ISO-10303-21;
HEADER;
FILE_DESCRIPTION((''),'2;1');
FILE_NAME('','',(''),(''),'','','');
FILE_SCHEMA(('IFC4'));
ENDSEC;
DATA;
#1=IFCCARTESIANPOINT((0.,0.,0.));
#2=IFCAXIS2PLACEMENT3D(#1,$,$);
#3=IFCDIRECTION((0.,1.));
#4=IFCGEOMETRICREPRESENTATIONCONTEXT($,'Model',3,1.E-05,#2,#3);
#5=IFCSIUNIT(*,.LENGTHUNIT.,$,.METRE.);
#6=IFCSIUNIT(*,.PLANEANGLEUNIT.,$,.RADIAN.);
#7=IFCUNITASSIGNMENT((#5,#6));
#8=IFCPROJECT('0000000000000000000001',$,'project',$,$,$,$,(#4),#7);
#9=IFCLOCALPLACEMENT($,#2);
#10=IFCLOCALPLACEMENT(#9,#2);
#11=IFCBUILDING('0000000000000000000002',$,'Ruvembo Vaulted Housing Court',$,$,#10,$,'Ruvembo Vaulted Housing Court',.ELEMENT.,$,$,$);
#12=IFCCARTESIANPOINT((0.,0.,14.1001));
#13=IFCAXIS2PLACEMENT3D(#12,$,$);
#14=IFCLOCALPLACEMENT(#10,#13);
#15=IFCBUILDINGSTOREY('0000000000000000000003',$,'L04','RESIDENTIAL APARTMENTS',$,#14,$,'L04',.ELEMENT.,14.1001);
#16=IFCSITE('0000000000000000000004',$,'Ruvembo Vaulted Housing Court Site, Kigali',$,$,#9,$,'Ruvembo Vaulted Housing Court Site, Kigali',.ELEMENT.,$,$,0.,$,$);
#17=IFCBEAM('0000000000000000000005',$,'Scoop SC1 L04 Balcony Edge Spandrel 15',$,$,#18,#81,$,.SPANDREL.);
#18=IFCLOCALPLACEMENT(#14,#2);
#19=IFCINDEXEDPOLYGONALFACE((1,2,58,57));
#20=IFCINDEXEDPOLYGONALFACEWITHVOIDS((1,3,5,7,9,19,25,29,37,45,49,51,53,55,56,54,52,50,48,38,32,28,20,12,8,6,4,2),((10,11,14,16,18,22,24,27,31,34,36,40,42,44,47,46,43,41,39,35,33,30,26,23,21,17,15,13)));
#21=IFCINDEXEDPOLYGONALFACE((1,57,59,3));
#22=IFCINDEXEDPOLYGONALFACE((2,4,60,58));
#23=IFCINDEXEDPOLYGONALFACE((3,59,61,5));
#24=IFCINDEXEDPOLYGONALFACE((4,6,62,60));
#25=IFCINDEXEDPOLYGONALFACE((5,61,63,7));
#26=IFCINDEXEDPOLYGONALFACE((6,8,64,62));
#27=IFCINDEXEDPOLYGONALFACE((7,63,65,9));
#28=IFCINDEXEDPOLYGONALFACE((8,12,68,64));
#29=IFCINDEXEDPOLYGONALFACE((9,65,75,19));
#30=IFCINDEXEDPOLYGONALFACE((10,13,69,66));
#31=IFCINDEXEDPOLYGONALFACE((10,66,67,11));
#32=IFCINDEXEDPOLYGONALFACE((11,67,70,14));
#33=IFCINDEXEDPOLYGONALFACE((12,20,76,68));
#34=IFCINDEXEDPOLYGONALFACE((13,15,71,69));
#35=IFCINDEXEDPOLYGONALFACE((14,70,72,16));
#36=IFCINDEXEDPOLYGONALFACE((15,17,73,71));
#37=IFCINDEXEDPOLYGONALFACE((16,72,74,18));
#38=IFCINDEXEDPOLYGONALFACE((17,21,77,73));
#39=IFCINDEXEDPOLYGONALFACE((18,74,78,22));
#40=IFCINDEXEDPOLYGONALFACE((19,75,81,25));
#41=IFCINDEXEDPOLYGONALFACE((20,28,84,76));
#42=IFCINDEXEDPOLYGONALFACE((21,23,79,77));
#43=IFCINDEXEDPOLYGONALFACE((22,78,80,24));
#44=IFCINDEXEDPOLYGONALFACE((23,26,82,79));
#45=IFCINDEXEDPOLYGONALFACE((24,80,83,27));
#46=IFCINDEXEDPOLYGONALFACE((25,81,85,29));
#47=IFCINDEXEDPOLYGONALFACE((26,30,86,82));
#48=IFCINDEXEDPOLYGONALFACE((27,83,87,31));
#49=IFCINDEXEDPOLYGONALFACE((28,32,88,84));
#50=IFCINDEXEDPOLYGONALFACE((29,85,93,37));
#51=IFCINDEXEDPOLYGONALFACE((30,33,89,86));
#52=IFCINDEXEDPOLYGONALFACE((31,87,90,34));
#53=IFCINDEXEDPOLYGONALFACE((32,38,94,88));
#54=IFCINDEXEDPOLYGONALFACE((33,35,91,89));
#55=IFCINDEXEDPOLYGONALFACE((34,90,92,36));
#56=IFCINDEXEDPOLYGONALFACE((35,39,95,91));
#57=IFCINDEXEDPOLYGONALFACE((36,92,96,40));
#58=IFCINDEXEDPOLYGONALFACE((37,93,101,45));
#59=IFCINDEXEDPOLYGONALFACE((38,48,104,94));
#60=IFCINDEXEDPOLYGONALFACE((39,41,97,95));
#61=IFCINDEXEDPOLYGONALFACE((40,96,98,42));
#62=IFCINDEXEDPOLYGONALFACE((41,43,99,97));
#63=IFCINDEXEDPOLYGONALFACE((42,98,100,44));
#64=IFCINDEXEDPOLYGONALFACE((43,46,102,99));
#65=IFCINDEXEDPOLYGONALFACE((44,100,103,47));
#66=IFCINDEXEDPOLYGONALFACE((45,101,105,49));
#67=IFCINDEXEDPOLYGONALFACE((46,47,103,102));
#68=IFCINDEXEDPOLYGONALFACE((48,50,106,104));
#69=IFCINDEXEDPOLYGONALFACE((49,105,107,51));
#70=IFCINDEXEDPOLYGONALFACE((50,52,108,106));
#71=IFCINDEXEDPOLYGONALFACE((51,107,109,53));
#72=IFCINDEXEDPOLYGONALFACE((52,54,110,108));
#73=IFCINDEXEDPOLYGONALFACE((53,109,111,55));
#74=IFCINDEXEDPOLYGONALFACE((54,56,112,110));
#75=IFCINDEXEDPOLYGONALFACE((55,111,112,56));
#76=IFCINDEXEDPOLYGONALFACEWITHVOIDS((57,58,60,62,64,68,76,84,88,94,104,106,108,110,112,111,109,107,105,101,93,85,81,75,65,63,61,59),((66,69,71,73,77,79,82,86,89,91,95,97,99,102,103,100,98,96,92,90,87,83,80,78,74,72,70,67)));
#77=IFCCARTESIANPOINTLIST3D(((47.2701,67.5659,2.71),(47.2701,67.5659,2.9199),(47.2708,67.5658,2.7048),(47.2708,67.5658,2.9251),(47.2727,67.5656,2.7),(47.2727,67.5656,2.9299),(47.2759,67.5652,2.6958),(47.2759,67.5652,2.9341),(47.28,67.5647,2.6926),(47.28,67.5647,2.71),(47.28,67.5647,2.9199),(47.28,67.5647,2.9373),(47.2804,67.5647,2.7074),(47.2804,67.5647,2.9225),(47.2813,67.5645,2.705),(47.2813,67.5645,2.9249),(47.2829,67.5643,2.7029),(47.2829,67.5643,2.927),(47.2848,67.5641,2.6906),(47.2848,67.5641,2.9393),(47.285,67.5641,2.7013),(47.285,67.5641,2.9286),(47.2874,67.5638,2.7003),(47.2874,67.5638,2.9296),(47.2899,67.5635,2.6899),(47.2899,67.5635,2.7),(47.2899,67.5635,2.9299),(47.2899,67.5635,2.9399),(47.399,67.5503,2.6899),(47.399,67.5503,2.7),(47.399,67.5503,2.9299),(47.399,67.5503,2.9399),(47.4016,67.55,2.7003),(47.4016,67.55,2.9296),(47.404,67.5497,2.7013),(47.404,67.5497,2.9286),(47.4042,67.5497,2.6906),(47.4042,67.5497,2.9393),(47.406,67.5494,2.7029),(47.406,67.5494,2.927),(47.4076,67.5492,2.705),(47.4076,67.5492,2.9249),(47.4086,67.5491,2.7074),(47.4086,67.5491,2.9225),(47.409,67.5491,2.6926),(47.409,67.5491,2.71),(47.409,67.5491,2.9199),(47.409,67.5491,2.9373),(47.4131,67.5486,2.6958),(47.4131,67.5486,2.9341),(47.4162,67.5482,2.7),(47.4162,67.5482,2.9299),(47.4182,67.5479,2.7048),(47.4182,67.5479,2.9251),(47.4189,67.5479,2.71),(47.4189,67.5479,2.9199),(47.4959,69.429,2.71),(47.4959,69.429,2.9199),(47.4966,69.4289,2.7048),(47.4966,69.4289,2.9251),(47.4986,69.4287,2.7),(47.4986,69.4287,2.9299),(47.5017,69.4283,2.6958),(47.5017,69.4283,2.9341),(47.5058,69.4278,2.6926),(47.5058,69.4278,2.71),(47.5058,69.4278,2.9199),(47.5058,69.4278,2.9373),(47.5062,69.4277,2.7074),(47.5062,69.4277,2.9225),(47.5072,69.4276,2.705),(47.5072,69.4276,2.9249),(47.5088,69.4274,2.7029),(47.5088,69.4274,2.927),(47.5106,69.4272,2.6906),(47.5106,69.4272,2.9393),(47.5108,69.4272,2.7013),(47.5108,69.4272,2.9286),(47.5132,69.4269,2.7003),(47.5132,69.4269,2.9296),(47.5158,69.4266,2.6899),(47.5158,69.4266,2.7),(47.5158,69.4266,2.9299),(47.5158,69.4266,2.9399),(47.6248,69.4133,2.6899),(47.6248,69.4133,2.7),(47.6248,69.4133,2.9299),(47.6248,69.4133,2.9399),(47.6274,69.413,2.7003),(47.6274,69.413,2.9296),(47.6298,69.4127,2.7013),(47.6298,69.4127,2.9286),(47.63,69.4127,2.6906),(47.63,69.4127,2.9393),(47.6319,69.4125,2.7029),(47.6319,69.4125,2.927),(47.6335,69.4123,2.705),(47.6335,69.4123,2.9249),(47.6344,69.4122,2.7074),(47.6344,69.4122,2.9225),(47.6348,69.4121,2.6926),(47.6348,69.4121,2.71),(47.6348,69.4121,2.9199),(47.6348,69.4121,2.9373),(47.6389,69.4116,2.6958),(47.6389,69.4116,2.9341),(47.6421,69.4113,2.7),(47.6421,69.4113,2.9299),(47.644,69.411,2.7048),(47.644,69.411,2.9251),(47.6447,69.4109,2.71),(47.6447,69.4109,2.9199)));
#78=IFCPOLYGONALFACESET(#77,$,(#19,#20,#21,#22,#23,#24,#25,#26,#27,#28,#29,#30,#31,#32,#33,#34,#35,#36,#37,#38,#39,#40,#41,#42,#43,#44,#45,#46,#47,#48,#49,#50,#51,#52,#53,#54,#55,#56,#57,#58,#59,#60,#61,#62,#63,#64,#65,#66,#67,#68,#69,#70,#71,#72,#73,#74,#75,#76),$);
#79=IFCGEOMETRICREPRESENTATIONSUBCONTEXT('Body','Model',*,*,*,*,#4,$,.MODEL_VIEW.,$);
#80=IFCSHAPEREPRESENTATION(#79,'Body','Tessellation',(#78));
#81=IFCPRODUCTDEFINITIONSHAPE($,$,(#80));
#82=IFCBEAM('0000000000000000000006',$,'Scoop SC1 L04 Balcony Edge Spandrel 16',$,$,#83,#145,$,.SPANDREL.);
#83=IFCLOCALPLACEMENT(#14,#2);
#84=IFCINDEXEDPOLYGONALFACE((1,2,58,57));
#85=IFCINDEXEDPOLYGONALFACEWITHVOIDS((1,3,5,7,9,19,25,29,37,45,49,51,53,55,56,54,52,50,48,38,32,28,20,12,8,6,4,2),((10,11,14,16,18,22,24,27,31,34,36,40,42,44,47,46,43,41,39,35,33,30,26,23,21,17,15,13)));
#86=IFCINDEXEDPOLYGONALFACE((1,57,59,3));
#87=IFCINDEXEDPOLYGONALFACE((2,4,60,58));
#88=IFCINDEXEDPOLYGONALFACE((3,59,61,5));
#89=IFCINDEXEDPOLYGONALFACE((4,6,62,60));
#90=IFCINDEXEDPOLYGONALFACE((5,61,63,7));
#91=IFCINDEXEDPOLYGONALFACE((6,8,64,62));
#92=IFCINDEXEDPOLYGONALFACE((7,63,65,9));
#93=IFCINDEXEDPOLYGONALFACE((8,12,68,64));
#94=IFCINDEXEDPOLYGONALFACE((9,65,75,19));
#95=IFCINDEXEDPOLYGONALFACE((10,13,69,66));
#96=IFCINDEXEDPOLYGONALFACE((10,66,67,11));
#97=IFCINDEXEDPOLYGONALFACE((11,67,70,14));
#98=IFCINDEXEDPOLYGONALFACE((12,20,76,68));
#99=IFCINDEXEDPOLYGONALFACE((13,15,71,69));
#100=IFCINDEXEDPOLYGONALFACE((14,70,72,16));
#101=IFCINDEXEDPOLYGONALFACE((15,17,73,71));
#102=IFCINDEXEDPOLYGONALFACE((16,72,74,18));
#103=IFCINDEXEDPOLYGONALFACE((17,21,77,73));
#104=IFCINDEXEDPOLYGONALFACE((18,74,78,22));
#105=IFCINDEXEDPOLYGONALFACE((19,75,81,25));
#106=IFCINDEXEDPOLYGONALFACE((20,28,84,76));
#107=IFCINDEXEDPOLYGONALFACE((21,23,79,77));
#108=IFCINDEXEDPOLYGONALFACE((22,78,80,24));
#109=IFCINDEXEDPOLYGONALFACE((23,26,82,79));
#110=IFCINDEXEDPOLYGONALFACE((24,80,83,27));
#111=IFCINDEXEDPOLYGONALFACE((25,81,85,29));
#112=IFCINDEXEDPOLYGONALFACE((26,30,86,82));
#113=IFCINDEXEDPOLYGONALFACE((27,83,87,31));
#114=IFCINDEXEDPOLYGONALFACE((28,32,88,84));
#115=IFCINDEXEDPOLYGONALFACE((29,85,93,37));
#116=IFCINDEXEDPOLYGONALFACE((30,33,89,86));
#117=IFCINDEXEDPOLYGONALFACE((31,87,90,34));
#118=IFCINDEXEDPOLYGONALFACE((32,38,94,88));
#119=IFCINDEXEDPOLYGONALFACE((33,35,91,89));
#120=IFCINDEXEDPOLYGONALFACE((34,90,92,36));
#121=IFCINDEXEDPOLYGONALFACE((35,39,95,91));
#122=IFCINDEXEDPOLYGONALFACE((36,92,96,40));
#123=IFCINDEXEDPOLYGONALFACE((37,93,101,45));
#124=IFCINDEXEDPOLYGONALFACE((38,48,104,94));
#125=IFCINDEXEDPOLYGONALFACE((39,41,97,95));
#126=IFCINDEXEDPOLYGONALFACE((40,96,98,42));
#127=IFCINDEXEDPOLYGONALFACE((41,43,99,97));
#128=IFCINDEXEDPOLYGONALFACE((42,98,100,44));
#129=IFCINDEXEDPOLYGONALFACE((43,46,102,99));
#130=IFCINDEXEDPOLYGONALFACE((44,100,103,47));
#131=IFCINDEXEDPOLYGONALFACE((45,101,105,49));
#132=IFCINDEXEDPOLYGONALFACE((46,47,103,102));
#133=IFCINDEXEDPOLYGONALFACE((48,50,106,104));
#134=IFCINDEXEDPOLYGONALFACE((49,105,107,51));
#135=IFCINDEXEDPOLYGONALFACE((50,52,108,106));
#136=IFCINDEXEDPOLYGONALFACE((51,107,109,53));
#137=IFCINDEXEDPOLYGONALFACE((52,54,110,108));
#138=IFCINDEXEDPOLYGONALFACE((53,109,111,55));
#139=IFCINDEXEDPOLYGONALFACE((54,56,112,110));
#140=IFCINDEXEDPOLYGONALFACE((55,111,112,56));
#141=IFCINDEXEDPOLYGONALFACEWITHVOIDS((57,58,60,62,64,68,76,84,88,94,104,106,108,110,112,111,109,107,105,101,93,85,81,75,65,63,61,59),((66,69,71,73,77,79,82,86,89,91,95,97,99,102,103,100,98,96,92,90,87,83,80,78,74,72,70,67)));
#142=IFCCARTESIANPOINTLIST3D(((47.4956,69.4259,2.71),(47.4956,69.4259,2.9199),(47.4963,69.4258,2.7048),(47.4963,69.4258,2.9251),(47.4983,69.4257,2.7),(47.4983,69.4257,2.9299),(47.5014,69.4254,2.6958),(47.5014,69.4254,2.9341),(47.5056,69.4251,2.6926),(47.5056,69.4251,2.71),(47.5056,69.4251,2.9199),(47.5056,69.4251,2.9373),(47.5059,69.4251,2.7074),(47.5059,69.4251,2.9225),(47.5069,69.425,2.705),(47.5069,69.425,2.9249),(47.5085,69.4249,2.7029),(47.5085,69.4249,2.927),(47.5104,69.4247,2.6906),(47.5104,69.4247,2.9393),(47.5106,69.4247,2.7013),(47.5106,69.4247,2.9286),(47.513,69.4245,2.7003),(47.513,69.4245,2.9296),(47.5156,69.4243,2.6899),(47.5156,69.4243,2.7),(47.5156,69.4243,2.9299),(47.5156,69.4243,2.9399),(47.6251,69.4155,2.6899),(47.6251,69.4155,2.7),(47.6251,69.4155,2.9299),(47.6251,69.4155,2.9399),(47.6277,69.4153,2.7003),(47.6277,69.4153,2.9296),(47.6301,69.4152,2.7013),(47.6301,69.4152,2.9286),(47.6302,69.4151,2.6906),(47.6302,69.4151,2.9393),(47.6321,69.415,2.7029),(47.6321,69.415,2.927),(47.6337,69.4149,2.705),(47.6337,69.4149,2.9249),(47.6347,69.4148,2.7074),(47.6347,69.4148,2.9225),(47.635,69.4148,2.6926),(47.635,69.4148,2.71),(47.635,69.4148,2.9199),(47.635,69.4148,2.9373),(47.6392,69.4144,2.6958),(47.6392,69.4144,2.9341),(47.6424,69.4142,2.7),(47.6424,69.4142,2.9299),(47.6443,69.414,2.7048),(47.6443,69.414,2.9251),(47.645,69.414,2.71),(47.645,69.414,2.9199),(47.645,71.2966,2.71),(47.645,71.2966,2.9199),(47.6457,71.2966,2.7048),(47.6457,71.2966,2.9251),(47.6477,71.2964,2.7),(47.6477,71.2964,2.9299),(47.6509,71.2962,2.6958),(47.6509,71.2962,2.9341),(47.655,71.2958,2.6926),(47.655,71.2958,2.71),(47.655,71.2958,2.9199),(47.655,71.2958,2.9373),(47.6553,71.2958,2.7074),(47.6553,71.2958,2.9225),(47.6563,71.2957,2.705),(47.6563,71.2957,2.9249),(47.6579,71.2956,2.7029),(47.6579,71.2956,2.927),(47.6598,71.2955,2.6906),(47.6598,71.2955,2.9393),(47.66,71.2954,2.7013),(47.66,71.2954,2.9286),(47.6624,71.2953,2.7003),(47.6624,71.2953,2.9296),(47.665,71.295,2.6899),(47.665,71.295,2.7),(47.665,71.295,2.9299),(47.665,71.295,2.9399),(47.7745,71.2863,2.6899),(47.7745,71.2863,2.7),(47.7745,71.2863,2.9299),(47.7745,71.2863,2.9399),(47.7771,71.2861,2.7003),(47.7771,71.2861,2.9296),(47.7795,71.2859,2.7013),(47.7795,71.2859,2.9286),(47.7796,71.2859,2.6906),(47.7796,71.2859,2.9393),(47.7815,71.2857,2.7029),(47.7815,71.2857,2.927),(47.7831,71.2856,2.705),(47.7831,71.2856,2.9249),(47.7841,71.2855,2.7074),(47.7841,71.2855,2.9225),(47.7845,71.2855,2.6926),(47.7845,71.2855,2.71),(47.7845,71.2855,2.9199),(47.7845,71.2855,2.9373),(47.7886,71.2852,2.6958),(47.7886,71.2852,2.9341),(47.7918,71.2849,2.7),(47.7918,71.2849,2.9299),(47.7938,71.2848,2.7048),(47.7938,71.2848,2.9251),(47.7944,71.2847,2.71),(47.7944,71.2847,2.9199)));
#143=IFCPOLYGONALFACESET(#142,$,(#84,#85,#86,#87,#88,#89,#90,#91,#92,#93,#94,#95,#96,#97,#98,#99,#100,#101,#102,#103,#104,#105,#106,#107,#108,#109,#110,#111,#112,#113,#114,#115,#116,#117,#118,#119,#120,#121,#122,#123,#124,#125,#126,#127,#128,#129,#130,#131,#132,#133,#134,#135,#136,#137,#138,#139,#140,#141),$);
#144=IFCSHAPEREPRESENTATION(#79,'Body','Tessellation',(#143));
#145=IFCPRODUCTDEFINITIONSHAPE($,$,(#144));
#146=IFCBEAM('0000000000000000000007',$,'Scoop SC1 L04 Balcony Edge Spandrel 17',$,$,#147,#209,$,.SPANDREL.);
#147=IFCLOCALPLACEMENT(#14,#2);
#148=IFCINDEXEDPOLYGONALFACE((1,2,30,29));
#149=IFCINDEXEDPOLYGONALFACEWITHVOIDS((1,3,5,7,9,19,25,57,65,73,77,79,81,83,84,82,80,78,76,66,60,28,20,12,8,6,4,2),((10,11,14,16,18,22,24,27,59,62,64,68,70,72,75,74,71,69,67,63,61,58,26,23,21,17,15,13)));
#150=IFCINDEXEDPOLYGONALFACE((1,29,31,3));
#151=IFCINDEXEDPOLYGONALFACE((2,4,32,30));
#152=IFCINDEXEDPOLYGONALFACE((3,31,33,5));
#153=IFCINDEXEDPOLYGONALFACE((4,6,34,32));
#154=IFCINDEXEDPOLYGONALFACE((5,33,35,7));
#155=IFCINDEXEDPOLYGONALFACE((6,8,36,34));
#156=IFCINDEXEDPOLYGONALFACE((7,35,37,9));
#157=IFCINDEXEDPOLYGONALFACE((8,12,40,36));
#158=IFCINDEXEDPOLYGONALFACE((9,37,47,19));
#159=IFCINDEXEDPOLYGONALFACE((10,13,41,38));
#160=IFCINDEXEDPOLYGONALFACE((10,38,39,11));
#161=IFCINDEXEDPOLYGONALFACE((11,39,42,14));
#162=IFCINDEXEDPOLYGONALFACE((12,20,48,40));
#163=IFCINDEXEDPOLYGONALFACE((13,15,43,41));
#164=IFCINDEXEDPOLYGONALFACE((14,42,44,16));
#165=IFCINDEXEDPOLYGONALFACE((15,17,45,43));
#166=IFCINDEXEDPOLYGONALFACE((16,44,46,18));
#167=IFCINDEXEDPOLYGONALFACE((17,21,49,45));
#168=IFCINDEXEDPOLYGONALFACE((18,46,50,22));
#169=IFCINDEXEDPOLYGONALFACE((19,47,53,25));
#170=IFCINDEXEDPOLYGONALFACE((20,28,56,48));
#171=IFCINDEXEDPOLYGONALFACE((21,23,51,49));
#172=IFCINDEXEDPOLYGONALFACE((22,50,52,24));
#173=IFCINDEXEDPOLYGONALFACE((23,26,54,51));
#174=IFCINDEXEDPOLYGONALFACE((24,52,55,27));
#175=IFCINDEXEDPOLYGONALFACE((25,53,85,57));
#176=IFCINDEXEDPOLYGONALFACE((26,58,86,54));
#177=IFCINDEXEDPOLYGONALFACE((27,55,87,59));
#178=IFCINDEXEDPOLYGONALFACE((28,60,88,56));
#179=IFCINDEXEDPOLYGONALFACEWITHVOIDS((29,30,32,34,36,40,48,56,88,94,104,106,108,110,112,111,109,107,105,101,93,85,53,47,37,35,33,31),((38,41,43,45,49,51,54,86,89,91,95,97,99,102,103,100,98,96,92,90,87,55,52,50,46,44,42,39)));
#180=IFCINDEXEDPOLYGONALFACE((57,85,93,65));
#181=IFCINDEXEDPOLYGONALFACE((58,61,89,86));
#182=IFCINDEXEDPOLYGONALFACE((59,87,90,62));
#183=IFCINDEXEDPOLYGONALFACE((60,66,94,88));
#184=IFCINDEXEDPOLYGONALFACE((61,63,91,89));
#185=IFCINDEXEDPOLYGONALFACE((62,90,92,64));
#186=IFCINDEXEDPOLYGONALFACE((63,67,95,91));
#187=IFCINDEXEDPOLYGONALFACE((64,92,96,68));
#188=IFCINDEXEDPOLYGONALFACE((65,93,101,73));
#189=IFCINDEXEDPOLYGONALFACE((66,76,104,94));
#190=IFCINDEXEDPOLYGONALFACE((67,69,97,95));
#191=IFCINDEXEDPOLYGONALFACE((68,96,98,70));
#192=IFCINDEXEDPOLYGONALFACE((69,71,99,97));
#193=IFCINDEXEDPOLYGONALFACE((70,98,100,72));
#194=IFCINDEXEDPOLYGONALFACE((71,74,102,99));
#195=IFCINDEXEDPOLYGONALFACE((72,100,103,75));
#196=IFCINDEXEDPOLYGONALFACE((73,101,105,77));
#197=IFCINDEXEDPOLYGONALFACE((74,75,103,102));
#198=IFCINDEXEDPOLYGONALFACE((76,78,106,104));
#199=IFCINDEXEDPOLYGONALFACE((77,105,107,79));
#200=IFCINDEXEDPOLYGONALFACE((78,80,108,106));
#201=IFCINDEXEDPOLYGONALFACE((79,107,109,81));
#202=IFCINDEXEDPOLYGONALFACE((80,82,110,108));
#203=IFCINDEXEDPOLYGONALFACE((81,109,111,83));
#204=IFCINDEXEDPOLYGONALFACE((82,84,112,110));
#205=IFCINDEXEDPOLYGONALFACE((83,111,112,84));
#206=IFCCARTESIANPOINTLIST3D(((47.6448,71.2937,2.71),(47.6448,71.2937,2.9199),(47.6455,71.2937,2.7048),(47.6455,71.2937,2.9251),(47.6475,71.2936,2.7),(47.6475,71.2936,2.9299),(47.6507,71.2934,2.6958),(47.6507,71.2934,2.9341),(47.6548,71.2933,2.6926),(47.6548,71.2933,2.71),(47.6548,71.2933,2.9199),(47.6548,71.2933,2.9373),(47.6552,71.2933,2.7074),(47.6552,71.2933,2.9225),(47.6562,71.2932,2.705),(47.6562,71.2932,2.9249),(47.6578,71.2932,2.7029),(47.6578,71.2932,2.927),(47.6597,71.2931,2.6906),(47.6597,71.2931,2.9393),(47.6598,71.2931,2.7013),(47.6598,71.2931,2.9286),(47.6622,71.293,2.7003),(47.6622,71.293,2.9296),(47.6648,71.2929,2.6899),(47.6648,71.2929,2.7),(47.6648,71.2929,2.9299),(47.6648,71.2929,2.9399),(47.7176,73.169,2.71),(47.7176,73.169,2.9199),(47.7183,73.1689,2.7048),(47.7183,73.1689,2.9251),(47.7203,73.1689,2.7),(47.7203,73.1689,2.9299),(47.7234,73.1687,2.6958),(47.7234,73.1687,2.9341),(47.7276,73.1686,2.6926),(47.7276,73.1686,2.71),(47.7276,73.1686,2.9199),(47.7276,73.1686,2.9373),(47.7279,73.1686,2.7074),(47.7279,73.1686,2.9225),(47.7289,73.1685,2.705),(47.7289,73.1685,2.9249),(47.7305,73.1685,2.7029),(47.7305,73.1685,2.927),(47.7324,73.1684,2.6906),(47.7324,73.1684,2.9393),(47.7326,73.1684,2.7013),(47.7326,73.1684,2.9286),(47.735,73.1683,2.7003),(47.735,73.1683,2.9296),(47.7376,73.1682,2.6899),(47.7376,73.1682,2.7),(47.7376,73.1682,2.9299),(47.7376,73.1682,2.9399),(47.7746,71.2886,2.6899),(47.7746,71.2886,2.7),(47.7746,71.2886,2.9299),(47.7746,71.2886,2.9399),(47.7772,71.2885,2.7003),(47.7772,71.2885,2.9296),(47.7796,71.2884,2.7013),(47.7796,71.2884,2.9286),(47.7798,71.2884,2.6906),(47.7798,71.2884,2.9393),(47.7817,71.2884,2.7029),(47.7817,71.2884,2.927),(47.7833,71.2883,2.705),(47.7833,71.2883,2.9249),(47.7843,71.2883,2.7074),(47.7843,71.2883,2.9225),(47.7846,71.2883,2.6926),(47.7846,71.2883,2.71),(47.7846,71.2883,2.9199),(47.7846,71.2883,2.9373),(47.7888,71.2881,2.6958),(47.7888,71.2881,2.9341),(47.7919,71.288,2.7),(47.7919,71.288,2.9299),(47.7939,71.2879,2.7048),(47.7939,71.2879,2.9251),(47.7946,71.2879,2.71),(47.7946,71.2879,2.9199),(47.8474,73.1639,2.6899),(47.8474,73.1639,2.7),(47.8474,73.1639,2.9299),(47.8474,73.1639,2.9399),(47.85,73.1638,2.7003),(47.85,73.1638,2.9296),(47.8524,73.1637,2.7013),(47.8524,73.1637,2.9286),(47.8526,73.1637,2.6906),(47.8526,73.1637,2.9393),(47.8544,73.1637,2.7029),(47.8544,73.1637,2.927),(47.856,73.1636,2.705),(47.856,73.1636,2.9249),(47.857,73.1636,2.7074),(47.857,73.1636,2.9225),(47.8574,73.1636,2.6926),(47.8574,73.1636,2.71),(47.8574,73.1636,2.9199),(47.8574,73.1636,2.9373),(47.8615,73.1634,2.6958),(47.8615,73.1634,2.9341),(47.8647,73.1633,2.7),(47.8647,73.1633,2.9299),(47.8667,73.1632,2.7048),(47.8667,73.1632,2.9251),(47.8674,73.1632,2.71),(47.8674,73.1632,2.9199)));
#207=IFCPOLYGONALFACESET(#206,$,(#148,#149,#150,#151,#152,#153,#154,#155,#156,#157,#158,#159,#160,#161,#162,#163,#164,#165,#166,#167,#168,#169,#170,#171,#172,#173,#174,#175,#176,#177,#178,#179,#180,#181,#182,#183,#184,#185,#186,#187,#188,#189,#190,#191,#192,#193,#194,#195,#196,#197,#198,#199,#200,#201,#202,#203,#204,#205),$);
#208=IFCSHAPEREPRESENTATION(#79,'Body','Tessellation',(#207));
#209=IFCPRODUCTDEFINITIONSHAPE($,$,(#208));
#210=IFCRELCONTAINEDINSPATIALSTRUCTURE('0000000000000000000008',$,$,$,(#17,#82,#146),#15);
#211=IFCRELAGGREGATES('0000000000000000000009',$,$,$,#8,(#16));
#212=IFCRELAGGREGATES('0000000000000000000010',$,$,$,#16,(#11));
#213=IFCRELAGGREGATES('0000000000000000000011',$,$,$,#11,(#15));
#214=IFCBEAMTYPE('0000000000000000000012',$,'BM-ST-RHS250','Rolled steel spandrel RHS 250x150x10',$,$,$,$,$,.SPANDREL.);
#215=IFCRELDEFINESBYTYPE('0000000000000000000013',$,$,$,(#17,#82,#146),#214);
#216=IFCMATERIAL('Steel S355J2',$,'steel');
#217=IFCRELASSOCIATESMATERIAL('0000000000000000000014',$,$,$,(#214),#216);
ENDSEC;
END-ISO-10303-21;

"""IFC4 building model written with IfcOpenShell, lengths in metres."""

from ifc_helpers import new_model, si_unit, direction, frame, origin, origin_2d, place, context, subcontext, project, spatial, hollow_rectangle, extrude, material, material_profile, profile_set, type_object, element, save


model = new_model("IFC4")

# Units and contexts
model_context = context("Model", 3, precision=1e-05, world=origin(), true_north=direction((0.0, 1.0)))
body_context = subcontext(model_context, "Body", "Model", "MODEL_VIEW")
ifc_project = project(units=[si_unit("LENGTHUNIT", "METRE"), si_unit("PLANEANGLEUNIT", "RADIAN")], contexts=[model_context])

# Site, building, storey
site_placement = place(None, origin())
site = spatial("IfcSite", under=ifc_project, at=site_placement, Name="Ruvembo Vaulted Housing Court Site, Kigali", LongName="Ruvembo Vaulted Housing Court Site, Kigali", CompositionType="ELEMENT", RefElevation=0.0)
building_placement = place(site_placement, origin())
building = spatial("IfcBuilding", under=site, at=building_placement, Name="Ruvembo Vaulted Housing Court", LongName="Ruvembo Vaulted Housing Court", CompositionType="ELEMENT")
storey_placement = place(building_placement, frame((0.0, 0.0, 14.1001)))
storey = spatial("IfcBuildingStorey", under=building, at=storey_placement, Name="L04", Description="RESIDENTIAL APARTMENTS", LongName="L04", CompositionType="ELEMENT", Elevation=14.1001)

# Beams
ifc_material_1 = material(Name="Steel S355J2", Category="steel")
ifc_material_profile_1 = material_profile(ifc_material_1, hollow_rectangle(XDim=0.1499, YDim=0.25, WallThickness=0.01, InnerFilletRadius=0.01, OuterFilletRadius=0.02, at=origin_2d()), Name="RHS 250x150x10")
ifc_profile_set_1 = profile_set([ifc_material_profile_1], Name="Steel S355J2")
beam_type = type_object("IfcBeamType", Name="BM-ST-RHS250", Description="Rolled steel spandrel RHS 250x150x10", PredefinedType="SPANDREL", material=ifc_profile_set_1)
for number, where, z_axis, x_axis, name in (
    (1, (47.3445, 67.5569, 2.8149), (0.120335, 0.992733, 0.0), (-0.992733, 0.120335, 0.0), "Scoop SC1 L04 Balcony Edge Spandrel 15"),
    (2, (47.5703, 69.4199, 2.8149), (0.079611, 0.996826, 0.0), (-0.996826, 0.079611, 0.0), "Scoop SC1 L04 Balcony Edge Spandrel 16"),
    (3, (47.7197, 71.2908, 2.8149), (0.038768, 0.999248, 0.0), (-0.999248, 0.038768, 0.0), "Scoop SC1 L04 Balcony Edge Spandrel 17"),
):
    element("IfcBeam", number, at=place(storey_placement, frame(where, z_axis=z_axis, x_axis=x_axis)), inside=storey, type_object=beam_type, Name=name, PredefinedType="SPANDREL", context=body_context, shape_type="SweptSolid", body=[
        extrude(hollow_rectangle(XDim=0.1499, YDim=0.25, WallThickness=0.01, InnerFilletRadius=0.01, OuterFilletRadius=0.02, at=origin_2d()), origin(), (0.0, 0.0, 1.0), 1.8767),
    ])

save(model, "model.ifc")
